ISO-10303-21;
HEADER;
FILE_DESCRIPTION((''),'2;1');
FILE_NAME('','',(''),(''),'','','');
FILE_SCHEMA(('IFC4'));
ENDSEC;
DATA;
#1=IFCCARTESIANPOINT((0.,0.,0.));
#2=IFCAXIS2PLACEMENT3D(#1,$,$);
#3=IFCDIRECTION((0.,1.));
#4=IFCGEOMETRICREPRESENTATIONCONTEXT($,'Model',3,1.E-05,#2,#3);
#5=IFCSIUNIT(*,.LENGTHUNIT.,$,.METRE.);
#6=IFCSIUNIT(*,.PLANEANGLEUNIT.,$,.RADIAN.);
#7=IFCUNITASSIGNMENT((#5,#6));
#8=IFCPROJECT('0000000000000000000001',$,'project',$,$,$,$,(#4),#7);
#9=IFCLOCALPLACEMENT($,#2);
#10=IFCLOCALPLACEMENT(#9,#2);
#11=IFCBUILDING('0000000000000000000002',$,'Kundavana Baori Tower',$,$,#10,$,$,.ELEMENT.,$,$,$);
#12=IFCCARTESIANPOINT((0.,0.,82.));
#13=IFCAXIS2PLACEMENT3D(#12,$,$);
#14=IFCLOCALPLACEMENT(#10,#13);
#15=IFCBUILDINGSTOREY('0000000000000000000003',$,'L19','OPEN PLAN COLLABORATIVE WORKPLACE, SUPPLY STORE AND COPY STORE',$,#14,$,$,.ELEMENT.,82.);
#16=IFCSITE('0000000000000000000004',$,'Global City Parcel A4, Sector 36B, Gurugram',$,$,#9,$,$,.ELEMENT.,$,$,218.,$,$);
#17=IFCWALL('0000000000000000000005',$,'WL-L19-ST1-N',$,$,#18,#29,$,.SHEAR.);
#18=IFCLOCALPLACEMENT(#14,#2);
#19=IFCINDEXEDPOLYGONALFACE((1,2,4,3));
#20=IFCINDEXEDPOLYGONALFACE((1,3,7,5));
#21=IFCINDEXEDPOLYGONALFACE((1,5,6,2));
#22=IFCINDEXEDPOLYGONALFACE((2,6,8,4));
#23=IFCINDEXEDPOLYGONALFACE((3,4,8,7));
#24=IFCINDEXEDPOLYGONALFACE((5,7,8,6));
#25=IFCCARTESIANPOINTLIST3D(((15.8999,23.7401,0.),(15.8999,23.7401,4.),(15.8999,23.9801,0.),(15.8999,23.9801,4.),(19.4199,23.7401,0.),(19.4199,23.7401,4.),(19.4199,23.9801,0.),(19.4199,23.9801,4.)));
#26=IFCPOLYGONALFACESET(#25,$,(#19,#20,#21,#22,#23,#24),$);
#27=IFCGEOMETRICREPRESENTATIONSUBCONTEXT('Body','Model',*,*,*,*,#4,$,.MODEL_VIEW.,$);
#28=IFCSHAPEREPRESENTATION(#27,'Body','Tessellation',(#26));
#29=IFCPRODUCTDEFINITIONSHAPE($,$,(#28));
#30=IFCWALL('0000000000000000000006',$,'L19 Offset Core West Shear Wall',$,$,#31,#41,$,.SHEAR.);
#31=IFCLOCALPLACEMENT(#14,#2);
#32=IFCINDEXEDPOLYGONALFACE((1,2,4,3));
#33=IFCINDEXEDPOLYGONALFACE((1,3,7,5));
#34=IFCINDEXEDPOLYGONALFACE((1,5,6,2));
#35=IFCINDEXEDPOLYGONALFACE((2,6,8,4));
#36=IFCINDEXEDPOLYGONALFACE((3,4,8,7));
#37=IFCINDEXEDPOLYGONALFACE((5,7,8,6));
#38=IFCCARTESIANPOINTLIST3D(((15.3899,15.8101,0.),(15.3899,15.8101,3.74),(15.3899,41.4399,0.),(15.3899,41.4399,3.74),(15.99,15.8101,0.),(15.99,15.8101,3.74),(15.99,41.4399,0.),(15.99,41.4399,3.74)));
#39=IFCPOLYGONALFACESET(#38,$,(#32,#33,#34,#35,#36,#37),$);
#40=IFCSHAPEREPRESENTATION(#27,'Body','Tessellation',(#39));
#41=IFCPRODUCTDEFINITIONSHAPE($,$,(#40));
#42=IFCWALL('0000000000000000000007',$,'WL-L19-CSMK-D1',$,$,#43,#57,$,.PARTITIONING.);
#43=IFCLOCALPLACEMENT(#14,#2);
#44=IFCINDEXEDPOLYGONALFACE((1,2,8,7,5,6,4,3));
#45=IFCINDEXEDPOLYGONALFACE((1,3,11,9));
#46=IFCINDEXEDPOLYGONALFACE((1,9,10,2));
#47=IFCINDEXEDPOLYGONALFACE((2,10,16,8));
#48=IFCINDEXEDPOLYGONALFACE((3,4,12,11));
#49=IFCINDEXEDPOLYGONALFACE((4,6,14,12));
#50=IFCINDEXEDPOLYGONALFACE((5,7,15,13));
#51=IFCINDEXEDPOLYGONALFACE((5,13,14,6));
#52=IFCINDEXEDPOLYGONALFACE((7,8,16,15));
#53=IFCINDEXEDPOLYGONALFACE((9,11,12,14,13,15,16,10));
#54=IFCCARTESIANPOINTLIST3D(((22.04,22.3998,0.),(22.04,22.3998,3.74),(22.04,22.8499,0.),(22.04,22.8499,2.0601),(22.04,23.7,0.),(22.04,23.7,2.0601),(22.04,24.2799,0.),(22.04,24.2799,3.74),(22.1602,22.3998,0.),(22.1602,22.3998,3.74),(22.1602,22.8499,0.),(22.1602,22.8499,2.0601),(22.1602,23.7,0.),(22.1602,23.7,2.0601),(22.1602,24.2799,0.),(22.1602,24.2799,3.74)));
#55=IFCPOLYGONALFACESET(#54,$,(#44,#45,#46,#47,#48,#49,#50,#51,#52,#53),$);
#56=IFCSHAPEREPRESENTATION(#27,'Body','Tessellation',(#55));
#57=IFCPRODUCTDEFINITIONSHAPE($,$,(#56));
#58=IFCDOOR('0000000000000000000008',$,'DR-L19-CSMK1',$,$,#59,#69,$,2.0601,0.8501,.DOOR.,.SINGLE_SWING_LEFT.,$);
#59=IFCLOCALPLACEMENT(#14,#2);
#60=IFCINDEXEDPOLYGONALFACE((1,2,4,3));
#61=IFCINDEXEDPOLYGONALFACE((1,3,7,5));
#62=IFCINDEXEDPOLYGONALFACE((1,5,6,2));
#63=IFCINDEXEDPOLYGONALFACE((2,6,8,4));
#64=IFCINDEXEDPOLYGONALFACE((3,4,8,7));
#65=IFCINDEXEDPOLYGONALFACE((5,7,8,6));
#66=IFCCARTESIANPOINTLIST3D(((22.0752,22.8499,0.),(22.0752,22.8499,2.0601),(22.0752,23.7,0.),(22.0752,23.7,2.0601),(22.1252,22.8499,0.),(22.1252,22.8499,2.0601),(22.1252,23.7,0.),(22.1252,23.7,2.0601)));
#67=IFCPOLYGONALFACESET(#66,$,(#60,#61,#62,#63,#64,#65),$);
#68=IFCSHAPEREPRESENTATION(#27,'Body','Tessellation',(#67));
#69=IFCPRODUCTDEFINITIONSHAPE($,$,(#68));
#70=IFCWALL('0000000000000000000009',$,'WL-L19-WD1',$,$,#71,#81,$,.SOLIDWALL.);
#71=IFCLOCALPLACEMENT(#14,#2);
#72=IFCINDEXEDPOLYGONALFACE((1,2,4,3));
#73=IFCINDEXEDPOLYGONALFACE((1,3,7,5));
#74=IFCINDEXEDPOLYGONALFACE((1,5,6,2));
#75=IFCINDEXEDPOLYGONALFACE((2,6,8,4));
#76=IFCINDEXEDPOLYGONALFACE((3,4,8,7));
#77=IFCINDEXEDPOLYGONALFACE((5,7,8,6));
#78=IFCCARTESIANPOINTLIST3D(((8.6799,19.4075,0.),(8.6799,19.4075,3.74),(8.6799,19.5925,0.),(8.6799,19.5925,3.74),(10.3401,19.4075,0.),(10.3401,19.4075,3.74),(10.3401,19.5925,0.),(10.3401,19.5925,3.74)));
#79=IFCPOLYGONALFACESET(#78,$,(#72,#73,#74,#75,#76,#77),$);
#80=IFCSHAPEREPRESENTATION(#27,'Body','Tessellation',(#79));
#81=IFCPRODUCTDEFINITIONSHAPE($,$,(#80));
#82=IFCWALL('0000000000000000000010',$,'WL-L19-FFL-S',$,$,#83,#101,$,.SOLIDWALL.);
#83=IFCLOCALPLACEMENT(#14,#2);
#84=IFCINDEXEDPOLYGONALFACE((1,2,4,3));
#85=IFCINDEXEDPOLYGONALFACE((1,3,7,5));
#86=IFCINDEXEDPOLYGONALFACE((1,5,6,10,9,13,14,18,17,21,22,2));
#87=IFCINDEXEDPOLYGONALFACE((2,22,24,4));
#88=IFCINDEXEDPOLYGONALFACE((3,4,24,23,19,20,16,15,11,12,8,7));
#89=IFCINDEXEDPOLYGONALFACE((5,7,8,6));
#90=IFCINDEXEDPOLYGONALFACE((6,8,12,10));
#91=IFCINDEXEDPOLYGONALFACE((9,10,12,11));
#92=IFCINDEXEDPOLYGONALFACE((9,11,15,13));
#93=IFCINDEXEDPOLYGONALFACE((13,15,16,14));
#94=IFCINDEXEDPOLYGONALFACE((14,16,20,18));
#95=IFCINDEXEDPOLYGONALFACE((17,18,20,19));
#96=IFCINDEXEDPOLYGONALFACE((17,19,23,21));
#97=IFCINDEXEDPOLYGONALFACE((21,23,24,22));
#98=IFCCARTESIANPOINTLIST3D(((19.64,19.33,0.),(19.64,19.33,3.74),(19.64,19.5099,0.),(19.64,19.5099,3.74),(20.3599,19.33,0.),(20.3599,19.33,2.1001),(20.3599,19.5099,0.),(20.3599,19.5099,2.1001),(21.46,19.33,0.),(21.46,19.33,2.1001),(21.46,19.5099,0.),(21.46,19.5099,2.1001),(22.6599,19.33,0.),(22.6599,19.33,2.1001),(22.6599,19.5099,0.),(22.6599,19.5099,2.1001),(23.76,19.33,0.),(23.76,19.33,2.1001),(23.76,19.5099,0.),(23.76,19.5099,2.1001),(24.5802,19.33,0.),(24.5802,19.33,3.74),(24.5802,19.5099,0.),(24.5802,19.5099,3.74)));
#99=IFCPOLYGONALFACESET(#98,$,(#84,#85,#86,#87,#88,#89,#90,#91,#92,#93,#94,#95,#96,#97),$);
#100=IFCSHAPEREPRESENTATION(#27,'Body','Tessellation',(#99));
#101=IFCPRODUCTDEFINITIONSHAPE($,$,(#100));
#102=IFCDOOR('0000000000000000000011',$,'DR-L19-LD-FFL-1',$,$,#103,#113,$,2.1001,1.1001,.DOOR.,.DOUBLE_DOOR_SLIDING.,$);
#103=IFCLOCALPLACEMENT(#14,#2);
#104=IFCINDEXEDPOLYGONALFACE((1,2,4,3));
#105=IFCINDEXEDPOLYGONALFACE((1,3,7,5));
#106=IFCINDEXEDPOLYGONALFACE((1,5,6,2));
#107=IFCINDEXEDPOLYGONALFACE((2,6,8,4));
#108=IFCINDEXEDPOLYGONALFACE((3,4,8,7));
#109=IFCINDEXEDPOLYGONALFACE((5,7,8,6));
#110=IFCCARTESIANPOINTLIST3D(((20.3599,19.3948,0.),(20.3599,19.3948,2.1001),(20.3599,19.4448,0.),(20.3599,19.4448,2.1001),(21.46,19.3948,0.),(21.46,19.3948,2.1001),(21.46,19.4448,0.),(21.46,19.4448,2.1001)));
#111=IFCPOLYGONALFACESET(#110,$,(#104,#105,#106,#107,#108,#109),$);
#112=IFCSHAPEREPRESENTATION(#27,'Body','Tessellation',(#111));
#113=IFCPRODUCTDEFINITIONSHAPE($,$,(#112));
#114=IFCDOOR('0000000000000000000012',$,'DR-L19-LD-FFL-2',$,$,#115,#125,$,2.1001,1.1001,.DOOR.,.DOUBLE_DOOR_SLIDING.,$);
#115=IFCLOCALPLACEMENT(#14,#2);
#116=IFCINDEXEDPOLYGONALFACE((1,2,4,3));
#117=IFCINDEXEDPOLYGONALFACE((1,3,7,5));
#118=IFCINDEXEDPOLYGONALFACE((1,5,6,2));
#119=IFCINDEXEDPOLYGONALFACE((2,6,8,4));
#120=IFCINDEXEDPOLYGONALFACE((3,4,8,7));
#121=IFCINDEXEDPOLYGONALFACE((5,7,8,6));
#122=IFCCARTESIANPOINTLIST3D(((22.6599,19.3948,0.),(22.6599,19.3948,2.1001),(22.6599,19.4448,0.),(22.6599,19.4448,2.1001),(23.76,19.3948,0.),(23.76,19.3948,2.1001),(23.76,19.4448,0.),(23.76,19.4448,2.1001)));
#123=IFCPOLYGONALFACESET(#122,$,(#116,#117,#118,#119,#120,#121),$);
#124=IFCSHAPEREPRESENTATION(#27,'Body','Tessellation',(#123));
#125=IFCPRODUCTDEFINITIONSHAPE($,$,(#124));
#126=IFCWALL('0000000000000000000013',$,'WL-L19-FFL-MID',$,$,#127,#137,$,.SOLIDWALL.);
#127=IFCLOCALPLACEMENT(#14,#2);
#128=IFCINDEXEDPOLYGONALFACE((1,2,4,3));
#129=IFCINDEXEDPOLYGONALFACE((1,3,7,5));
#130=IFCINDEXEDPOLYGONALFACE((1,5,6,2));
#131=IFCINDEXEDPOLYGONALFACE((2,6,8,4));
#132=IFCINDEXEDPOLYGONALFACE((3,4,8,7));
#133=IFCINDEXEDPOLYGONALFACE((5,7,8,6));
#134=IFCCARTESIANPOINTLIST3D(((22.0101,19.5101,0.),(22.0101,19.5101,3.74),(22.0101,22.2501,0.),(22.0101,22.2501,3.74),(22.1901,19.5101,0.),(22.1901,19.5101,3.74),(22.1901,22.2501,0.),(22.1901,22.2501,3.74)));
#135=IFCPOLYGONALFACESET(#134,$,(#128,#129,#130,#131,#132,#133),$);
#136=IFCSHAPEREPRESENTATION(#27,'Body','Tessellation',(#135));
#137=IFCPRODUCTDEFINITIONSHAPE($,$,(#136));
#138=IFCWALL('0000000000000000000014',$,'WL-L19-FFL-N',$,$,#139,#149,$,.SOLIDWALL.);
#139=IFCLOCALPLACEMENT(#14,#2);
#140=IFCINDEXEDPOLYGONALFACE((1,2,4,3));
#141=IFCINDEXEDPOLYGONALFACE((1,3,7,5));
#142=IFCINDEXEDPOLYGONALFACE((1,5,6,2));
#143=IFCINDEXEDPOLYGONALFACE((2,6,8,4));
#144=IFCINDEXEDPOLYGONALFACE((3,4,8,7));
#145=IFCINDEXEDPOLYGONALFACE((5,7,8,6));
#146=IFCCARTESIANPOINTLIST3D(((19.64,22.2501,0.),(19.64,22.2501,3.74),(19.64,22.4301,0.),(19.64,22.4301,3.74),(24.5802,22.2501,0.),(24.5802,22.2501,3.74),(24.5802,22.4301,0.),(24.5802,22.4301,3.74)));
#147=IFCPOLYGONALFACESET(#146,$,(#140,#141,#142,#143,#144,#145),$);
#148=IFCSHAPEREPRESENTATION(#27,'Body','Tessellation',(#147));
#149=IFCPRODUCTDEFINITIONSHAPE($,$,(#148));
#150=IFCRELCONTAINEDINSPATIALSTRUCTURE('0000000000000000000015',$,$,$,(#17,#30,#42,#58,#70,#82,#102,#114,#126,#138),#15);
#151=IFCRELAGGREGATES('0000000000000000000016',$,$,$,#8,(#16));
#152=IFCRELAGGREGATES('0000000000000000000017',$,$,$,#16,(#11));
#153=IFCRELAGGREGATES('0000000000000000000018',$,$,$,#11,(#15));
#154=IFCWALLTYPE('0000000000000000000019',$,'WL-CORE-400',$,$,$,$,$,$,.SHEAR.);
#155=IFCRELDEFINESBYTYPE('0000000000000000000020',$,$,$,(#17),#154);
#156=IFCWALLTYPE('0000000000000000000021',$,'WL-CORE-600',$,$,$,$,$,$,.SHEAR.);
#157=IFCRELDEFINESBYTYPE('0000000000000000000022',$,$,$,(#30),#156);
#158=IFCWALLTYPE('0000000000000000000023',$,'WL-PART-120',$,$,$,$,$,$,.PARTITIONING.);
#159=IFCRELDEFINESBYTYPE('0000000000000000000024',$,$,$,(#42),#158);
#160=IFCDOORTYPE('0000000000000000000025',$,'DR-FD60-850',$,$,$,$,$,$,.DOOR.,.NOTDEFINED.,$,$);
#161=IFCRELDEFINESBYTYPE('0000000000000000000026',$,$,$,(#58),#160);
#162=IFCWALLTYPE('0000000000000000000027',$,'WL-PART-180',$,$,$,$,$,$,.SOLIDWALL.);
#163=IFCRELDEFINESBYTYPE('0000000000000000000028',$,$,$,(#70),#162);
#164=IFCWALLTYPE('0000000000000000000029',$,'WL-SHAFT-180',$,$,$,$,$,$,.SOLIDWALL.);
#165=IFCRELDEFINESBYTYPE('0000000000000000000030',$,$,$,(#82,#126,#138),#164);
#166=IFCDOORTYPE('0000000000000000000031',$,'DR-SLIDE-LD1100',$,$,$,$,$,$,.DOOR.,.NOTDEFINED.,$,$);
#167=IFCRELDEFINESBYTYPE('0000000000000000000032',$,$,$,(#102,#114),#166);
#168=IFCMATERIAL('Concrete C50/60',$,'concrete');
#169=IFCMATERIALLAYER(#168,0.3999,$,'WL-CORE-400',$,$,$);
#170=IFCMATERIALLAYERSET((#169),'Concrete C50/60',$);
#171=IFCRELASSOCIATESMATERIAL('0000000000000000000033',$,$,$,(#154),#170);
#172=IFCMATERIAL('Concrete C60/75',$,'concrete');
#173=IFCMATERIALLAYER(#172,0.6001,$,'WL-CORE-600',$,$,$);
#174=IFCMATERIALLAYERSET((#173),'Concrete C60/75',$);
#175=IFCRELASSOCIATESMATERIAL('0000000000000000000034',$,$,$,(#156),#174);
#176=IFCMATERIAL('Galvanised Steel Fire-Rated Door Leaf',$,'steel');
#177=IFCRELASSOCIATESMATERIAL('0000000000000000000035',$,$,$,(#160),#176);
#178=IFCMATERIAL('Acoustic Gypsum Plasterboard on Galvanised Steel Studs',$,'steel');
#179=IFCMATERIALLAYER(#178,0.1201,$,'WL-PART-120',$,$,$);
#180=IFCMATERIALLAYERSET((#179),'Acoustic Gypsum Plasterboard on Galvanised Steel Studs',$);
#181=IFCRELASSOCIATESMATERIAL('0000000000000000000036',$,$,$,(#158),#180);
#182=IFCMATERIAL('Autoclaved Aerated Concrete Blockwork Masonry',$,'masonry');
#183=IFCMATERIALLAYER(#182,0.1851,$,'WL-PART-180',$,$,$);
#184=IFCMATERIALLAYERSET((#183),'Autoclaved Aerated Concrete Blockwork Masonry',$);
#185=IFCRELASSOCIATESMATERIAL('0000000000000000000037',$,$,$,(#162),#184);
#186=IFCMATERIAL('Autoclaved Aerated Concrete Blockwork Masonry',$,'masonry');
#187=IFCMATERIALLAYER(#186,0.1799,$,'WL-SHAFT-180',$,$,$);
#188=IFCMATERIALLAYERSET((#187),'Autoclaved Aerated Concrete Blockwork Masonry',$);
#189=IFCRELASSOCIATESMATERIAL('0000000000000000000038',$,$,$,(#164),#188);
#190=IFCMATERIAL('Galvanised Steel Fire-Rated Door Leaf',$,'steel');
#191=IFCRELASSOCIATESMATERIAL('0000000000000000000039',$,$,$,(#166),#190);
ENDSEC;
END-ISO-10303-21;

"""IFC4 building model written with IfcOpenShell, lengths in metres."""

from ifc_helpers import new_model, si_unit, direction, frame, frame_2d, origin, place, context, subcontext, project, spatial, rectangle, extrude, material, layer, layer_set, type_object, element, fill, save


model = new_model("IFC4")

# Units and contexts
model_context = context("Model", 3, precision=1e-05, world=origin(), true_north=direction((0.0, 1.0)))
body_context = subcontext(model_context, "Body", "Model", "MODEL_VIEW")
ifc_project = project(units=[si_unit("LENGTHUNIT", "METRE"), si_unit("PLANEANGLEUNIT", "RADIAN")], contexts=[model_context])

# Site, building, storey
site_placement = place(None, origin())
site = spatial("IfcSite", under=ifc_project, at=site_placement, Name="Global City Parcel A4, Sector 36B, Gurugram", CompositionType="ELEMENT", RefElevation=218.0)
building_placement = place(site_placement, origin())
building = spatial("IfcBuilding", under=site, at=building_placement, Name="Kundavana Baori Tower", CompositionType="ELEMENT")
storey_placement = place(building_placement, frame((0.0, 0.0, 82.0)))
storey = spatial("IfcBuildingStorey", under=building, at=storey_placement, Name="L19", Description="OPEN PLAN COLLABORATIVE WORKPLACE, SUPPLY STORE AND COPY STORE", CompositionType="ELEMENT", Elevation=82.0)

# Walls
ifc_material_1 = material(Name="Concrete C50/60", Category="concrete")
ifc_layer_1 = layer(ifc_material_1, 0.3999, Name="WL-CORE-400")
ifc_layer_set_1 = layer_set([ifc_layer_1], Name="Concrete C50/60")
wall_type_1 = type_object("IfcWallType", Name="WL-CORE-400", PredefinedType="SHEAR", material=ifc_layer_set_1)
wall_1_placement = place(storey_placement, frame((15.8999, 23.8601, 0.0), z_axis=(0.0, 0.0, 1.0), x_axis=(1.0, 0.0, 0.0)))
element("IfcWall", 1, at=wall_1_placement, inside=storey, type_object=wall_type_1, Name="WL-L19-ST1-N", PredefinedType="SHEAR", context=body_context, shape_type="SweptSolid", body=[
    extrude(rectangle(XDim=3.52, YDim=0.24, at=frame_2d((1.76, 0.0))), origin(), (0.0, 0.0, 1.0), 4.0),
])
ifc_material_2 = material(Name="Concrete C60/75", Category="concrete")
ifc_layer_2 = layer(ifc_material_2, 0.6001, Name="WL-CORE-600")
ifc_layer_set_2 = layer_set([ifc_layer_2], Name="Concrete C60/75")
wall_type_2 = type_object("IfcWallType", Name="WL-CORE-600", PredefinedType="SHEAR", material=ifc_layer_set_2)
wall_2_placement = place(storey_placement, frame((15.6899, 15.8101, 0.0), z_axis=(0.0, 0.0, 1.0), x_axis=(0.0, 1.0, 0.0)))
element("IfcWall", 2, at=wall_2_placement, inside=storey, type_object=wall_type_2, Name="L19 Offset Core West Shear Wall", PredefinedType="SHEAR", context=body_context, shape_type="SweptSolid", body=[
    extrude(rectangle(XDim=25.6299, YDim=0.6001, at=frame_2d((12.8149, 0.0))), origin(), (0.0, 0.0, 1.0), 3.74),
])

# Shared definitions
ifc_material_3 = material(Name="Galvanised Steel Fire-Rated Door Leaf", Category="steel")
door_type_1 = type_object("IfcDoorType", Name="DR-FD60-850", OperationType="NOTDEFINED", PredefinedType="DOOR", material=ifc_material_3)

# Wall, opening, door
ifc_material_4 = material(Name="Acoustic Gypsum Plasterboard on Galvanised Steel Studs", Category="steel")
ifc_layer_3 = layer(ifc_material_4, 0.1201, Name="WL-PART-120")
ifc_layer_set_3 = layer_set([ifc_layer_3], Name="Acoustic Gypsum Plasterboard on Galvanised Steel Studs")
wall_type_3 = type_object("IfcWallType", Name="WL-PART-120", PredefinedType="PARTITIONING", material=ifc_layer_set_3)
wall_3_placement = place(storey_placement, frame((22.1001, 22.3999, 0.0), z_axis=(0.0, 0.0, 1.0), x_axis=(0.0, 1.0, 0.0)))
wall_3 = element("IfcWall", 3, at=wall_3_placement, inside=storey, type_object=wall_type_3, Name="WL-L19-CSMK-D1", PredefinedType="PARTITIONING", context=body_context, shape_type="SweptSolid", body=[
    extrude(rectangle(XDim=1.8801, YDim=0.1201, at=frame_2d((0.9399, 0.0))), origin(), (0.0, 0.0, 1.0), 3.74),
])
opening_1_placement = place(wall_3_placement, frame((0.45, 0.0, 0.0)))
opening_1 = element("IfcOpeningElement", 4, at=opening_1_placement, cuts=wall_3, PredefinedType="OPENING", context=body_context, shape_type="SweptSolid", body=[
    extrude(rectangle(XDim=0.8501, YDim=2.0601, at=frame_2d((0.425, 1.03))), frame((0.0, 0.0701, 0.0), z_axis=(0.0, -1.0, 0.0), x_axis=(1.0, 0.0, 0.0)), (0.0, 0.0, 1.0), 0.1401),
])
door_1_placement = place(opening_1_placement, origin())
door_1 = element("IfcDoor", 5, at=door_1_placement, inside=storey, type_object=door_type_1, Name="DR-L19-CSMK1", OperationType="SINGLE_SWING_LEFT", OverallHeight=2.0601, OverallWidth=0.8501, PredefinedType="DOOR", context=body_context, shape_type="SweptSolid", body=[
    extrude(rectangle(XDim=0.8501, YDim=2.0601, at=frame_2d((0.425, 1.03))), frame((0.0, 0.0249, 0.0), z_axis=(0.0, -1.0, 0.0), x_axis=(1.0, 0.0, 0.0)), (0.0, 0.0, 1.0), 0.05),
])
fill(opening_1, door_1)

# Wall
ifc_material_5 = material(Name="Autoclaved Aerated Concrete Blockwork Masonry", Category="masonry")
ifc_layer_4 = layer(ifc_material_5, 0.1851, Name="WL-PART-180")
ifc_layer_set_4 = layer_set([ifc_layer_4], Name="Autoclaved Aerated Concrete Blockwork Masonry")
wall_type_4 = type_object("IfcWallType", Name="WL-PART-180", PredefinedType="SOLIDWALL", material=ifc_layer_set_4)
wall_4_placement = place(storey_placement, frame((8.6799, 19.5, 0.0), z_axis=(0.0, 0.0, 1.0), x_axis=(1.0, 0.0, 0.0)))
element("IfcWall", 6, at=wall_4_placement, inside=storey, type_object=wall_type_4, Name="WL-L19-WD1", PredefinedType="SOLIDWALL", context=body_context, shape_type="SweptSolid", body=[
    extrude(rectangle(XDim=1.6602, YDim=0.1851, at=frame_2d((0.8301, 0.0))), origin(), (0.0, 0.0, 1.0), 3.74),
])

# Wall, openings, doors
ifc_material_6 = material(Name="Autoclaved Aerated Concrete Blockwork Masonry", Category="masonry")
ifc_layer_5 = layer(ifc_material_6, 0.1799, Name="WL-SHAFT-180")
ifc_layer_set_5 = layer_set([ifc_layer_5], Name="Autoclaved Aerated Concrete Blockwork Masonry")
wall_type_5 = type_object("IfcWallType", Name="WL-SHAFT-180", PredefinedType="SOLIDWALL", material=ifc_layer_set_5)
wall_5_placement = place(storey_placement, frame((19.6399, 19.4199, 0.0), z_axis=(0.0, 0.0, 1.0), x_axis=(1.0, 0.0, 0.0)))
wall_5 = element("IfcWall", 7, at=wall_5_placement, inside=storey, type_object=wall_type_5, Name="WL-L19-FFL-S", PredefinedType="SOLIDWALL", context=body_context, shape_type="SweptSolid", body=[
    extrude(rectangle(XDim=4.9402, YDim=0.1799, at=frame_2d((2.4702, 0.0))), origin(), (0.0, 0.0, 1.0), 3.74),
])
opening_2_placement = place(wall_5_placement, frame((0.72, 0.0, 0.0)))
opening_2 = element("IfcOpeningElement", 8, at=opening_2_placement, cuts=wall_5, PredefinedType="OPENING", context=body_context, shape_type="SweptSolid", body=[
    extrude(rectangle(XDim=1.1001, YDim=2.1001, at=frame_2d((0.55, 1.05))), frame((0.0, 0.1001, 0.0), z_axis=(0.0, -1.0, 0.0), x_axis=(1.0, 0.0, 0.0)), (0.0, 0.0, 1.0), 0.2),
])
opening_3_placement = place(wall_5_placement, frame((3.02, 0.0, 0.0)))
opening_3 = element("IfcOpeningElement", 9, at=opening_3_placement, cuts=wall_5, PredefinedType="OPENING", context=body_context, shape_type="SweptSolid", body=[
    extrude(rectangle(XDim=1.1001, YDim=2.1001, at=frame_2d((0.55, 1.05))), frame((0.0, 0.1001, 0.0), z_axis=(0.0, -1.0, 0.0), x_axis=(1.0, 0.0, 0.0)), (0.0, 0.0, 1.0), 0.2),
])
ifc_material_7 = material(Name="Galvanised Steel Fire-Rated Door Leaf", Category="steel")
door_type_2 = type_object("IfcDoorType", Name="DR-SLIDE-LD1100", OperationType="NOTDEFINED", PredefinedType="DOOR", material=ifc_material_7)
door_2_placement = place(opening_2_placement, origin())
door_2 = element("IfcDoor", 10, at=door_2_placement, inside=storey, type_object=door_type_2, Name="DR-L19-LD-FFL-1", OperationType="DOUBLE_DOOR_SLIDING", OverallHeight=2.1001, OverallWidth=1.1001, PredefinedType="DOOR", context=body_context, shape_type="SweptSolid", body=[
    extrude(rectangle(XDim=1.1001, YDim=2.1001, at=frame_2d((0.55, 1.05))), frame((0.0, 0.0249, 0.0), z_axis=(0.0, -1.0, 0.0), x_axis=(1.0, 0.0, 0.0)), (0.0, 0.0, 1.0), 0.05),
])
fill(opening_2, door_2)
door_3_placement = place(opening_3_placement, origin())
door_3 = element("IfcDoor", 11, at=door_3_placement, inside=storey, type_object=door_type_2, Name="DR-L19-LD-FFL-2", OperationType="DOUBLE_DOOR_SLIDING", OverallHeight=2.1001, OverallWidth=1.1001, PredefinedType="DOOR", context=body_context, shape_type="SweptSolid", body=[
    extrude(rectangle(XDim=1.1001, YDim=2.1001, at=frame_2d((0.55, 1.05))), frame((0.0, 0.0249, 0.0), z_axis=(0.0, -1.0, 0.0), x_axis=(1.0, 0.0, 0.0)), (0.0, 0.0, 1.0), 0.05),
])
fill(opening_3, door_3)

# Walls
wall_6_placement = place(storey_placement, frame((22.1001, 19.51, 0.0), z_axis=(0.0, 0.0, 1.0), x_axis=(0.0, 1.0, 0.0)))
element("IfcWall", 12, at=wall_6_placement, inside=storey, type_object=wall_type_5, Name="WL-L19-FFL-MID", PredefinedType="SOLIDWALL", context=body_context, shape_type="SweptSolid", body=[
    extrude(rectangle(XDim=2.74, YDim=0.1799, at=frame_2d((1.3701, 0.0))), origin(), (0.0, 0.0, 1.0), 3.74),
])
wall_7_placement = place(storey_placement, frame((19.6399, 22.3401, 0.0), z_axis=(0.0, 0.0, 1.0), x_axis=(1.0, 0.0, 0.0)))
element("IfcWall", 13, at=wall_7_placement, inside=storey, type_object=wall_type_5, Name="WL-L19-FFL-N", PredefinedType="SOLIDWALL", context=body_context, shape_type="SweptSolid", body=[
    extrude(rectangle(XDim=4.9402, YDim=0.1799, at=frame_2d((2.4702, 0.0))), origin(), (0.0, 0.0, 1.0), 3.74),
])

save(model, "model.ifc")
